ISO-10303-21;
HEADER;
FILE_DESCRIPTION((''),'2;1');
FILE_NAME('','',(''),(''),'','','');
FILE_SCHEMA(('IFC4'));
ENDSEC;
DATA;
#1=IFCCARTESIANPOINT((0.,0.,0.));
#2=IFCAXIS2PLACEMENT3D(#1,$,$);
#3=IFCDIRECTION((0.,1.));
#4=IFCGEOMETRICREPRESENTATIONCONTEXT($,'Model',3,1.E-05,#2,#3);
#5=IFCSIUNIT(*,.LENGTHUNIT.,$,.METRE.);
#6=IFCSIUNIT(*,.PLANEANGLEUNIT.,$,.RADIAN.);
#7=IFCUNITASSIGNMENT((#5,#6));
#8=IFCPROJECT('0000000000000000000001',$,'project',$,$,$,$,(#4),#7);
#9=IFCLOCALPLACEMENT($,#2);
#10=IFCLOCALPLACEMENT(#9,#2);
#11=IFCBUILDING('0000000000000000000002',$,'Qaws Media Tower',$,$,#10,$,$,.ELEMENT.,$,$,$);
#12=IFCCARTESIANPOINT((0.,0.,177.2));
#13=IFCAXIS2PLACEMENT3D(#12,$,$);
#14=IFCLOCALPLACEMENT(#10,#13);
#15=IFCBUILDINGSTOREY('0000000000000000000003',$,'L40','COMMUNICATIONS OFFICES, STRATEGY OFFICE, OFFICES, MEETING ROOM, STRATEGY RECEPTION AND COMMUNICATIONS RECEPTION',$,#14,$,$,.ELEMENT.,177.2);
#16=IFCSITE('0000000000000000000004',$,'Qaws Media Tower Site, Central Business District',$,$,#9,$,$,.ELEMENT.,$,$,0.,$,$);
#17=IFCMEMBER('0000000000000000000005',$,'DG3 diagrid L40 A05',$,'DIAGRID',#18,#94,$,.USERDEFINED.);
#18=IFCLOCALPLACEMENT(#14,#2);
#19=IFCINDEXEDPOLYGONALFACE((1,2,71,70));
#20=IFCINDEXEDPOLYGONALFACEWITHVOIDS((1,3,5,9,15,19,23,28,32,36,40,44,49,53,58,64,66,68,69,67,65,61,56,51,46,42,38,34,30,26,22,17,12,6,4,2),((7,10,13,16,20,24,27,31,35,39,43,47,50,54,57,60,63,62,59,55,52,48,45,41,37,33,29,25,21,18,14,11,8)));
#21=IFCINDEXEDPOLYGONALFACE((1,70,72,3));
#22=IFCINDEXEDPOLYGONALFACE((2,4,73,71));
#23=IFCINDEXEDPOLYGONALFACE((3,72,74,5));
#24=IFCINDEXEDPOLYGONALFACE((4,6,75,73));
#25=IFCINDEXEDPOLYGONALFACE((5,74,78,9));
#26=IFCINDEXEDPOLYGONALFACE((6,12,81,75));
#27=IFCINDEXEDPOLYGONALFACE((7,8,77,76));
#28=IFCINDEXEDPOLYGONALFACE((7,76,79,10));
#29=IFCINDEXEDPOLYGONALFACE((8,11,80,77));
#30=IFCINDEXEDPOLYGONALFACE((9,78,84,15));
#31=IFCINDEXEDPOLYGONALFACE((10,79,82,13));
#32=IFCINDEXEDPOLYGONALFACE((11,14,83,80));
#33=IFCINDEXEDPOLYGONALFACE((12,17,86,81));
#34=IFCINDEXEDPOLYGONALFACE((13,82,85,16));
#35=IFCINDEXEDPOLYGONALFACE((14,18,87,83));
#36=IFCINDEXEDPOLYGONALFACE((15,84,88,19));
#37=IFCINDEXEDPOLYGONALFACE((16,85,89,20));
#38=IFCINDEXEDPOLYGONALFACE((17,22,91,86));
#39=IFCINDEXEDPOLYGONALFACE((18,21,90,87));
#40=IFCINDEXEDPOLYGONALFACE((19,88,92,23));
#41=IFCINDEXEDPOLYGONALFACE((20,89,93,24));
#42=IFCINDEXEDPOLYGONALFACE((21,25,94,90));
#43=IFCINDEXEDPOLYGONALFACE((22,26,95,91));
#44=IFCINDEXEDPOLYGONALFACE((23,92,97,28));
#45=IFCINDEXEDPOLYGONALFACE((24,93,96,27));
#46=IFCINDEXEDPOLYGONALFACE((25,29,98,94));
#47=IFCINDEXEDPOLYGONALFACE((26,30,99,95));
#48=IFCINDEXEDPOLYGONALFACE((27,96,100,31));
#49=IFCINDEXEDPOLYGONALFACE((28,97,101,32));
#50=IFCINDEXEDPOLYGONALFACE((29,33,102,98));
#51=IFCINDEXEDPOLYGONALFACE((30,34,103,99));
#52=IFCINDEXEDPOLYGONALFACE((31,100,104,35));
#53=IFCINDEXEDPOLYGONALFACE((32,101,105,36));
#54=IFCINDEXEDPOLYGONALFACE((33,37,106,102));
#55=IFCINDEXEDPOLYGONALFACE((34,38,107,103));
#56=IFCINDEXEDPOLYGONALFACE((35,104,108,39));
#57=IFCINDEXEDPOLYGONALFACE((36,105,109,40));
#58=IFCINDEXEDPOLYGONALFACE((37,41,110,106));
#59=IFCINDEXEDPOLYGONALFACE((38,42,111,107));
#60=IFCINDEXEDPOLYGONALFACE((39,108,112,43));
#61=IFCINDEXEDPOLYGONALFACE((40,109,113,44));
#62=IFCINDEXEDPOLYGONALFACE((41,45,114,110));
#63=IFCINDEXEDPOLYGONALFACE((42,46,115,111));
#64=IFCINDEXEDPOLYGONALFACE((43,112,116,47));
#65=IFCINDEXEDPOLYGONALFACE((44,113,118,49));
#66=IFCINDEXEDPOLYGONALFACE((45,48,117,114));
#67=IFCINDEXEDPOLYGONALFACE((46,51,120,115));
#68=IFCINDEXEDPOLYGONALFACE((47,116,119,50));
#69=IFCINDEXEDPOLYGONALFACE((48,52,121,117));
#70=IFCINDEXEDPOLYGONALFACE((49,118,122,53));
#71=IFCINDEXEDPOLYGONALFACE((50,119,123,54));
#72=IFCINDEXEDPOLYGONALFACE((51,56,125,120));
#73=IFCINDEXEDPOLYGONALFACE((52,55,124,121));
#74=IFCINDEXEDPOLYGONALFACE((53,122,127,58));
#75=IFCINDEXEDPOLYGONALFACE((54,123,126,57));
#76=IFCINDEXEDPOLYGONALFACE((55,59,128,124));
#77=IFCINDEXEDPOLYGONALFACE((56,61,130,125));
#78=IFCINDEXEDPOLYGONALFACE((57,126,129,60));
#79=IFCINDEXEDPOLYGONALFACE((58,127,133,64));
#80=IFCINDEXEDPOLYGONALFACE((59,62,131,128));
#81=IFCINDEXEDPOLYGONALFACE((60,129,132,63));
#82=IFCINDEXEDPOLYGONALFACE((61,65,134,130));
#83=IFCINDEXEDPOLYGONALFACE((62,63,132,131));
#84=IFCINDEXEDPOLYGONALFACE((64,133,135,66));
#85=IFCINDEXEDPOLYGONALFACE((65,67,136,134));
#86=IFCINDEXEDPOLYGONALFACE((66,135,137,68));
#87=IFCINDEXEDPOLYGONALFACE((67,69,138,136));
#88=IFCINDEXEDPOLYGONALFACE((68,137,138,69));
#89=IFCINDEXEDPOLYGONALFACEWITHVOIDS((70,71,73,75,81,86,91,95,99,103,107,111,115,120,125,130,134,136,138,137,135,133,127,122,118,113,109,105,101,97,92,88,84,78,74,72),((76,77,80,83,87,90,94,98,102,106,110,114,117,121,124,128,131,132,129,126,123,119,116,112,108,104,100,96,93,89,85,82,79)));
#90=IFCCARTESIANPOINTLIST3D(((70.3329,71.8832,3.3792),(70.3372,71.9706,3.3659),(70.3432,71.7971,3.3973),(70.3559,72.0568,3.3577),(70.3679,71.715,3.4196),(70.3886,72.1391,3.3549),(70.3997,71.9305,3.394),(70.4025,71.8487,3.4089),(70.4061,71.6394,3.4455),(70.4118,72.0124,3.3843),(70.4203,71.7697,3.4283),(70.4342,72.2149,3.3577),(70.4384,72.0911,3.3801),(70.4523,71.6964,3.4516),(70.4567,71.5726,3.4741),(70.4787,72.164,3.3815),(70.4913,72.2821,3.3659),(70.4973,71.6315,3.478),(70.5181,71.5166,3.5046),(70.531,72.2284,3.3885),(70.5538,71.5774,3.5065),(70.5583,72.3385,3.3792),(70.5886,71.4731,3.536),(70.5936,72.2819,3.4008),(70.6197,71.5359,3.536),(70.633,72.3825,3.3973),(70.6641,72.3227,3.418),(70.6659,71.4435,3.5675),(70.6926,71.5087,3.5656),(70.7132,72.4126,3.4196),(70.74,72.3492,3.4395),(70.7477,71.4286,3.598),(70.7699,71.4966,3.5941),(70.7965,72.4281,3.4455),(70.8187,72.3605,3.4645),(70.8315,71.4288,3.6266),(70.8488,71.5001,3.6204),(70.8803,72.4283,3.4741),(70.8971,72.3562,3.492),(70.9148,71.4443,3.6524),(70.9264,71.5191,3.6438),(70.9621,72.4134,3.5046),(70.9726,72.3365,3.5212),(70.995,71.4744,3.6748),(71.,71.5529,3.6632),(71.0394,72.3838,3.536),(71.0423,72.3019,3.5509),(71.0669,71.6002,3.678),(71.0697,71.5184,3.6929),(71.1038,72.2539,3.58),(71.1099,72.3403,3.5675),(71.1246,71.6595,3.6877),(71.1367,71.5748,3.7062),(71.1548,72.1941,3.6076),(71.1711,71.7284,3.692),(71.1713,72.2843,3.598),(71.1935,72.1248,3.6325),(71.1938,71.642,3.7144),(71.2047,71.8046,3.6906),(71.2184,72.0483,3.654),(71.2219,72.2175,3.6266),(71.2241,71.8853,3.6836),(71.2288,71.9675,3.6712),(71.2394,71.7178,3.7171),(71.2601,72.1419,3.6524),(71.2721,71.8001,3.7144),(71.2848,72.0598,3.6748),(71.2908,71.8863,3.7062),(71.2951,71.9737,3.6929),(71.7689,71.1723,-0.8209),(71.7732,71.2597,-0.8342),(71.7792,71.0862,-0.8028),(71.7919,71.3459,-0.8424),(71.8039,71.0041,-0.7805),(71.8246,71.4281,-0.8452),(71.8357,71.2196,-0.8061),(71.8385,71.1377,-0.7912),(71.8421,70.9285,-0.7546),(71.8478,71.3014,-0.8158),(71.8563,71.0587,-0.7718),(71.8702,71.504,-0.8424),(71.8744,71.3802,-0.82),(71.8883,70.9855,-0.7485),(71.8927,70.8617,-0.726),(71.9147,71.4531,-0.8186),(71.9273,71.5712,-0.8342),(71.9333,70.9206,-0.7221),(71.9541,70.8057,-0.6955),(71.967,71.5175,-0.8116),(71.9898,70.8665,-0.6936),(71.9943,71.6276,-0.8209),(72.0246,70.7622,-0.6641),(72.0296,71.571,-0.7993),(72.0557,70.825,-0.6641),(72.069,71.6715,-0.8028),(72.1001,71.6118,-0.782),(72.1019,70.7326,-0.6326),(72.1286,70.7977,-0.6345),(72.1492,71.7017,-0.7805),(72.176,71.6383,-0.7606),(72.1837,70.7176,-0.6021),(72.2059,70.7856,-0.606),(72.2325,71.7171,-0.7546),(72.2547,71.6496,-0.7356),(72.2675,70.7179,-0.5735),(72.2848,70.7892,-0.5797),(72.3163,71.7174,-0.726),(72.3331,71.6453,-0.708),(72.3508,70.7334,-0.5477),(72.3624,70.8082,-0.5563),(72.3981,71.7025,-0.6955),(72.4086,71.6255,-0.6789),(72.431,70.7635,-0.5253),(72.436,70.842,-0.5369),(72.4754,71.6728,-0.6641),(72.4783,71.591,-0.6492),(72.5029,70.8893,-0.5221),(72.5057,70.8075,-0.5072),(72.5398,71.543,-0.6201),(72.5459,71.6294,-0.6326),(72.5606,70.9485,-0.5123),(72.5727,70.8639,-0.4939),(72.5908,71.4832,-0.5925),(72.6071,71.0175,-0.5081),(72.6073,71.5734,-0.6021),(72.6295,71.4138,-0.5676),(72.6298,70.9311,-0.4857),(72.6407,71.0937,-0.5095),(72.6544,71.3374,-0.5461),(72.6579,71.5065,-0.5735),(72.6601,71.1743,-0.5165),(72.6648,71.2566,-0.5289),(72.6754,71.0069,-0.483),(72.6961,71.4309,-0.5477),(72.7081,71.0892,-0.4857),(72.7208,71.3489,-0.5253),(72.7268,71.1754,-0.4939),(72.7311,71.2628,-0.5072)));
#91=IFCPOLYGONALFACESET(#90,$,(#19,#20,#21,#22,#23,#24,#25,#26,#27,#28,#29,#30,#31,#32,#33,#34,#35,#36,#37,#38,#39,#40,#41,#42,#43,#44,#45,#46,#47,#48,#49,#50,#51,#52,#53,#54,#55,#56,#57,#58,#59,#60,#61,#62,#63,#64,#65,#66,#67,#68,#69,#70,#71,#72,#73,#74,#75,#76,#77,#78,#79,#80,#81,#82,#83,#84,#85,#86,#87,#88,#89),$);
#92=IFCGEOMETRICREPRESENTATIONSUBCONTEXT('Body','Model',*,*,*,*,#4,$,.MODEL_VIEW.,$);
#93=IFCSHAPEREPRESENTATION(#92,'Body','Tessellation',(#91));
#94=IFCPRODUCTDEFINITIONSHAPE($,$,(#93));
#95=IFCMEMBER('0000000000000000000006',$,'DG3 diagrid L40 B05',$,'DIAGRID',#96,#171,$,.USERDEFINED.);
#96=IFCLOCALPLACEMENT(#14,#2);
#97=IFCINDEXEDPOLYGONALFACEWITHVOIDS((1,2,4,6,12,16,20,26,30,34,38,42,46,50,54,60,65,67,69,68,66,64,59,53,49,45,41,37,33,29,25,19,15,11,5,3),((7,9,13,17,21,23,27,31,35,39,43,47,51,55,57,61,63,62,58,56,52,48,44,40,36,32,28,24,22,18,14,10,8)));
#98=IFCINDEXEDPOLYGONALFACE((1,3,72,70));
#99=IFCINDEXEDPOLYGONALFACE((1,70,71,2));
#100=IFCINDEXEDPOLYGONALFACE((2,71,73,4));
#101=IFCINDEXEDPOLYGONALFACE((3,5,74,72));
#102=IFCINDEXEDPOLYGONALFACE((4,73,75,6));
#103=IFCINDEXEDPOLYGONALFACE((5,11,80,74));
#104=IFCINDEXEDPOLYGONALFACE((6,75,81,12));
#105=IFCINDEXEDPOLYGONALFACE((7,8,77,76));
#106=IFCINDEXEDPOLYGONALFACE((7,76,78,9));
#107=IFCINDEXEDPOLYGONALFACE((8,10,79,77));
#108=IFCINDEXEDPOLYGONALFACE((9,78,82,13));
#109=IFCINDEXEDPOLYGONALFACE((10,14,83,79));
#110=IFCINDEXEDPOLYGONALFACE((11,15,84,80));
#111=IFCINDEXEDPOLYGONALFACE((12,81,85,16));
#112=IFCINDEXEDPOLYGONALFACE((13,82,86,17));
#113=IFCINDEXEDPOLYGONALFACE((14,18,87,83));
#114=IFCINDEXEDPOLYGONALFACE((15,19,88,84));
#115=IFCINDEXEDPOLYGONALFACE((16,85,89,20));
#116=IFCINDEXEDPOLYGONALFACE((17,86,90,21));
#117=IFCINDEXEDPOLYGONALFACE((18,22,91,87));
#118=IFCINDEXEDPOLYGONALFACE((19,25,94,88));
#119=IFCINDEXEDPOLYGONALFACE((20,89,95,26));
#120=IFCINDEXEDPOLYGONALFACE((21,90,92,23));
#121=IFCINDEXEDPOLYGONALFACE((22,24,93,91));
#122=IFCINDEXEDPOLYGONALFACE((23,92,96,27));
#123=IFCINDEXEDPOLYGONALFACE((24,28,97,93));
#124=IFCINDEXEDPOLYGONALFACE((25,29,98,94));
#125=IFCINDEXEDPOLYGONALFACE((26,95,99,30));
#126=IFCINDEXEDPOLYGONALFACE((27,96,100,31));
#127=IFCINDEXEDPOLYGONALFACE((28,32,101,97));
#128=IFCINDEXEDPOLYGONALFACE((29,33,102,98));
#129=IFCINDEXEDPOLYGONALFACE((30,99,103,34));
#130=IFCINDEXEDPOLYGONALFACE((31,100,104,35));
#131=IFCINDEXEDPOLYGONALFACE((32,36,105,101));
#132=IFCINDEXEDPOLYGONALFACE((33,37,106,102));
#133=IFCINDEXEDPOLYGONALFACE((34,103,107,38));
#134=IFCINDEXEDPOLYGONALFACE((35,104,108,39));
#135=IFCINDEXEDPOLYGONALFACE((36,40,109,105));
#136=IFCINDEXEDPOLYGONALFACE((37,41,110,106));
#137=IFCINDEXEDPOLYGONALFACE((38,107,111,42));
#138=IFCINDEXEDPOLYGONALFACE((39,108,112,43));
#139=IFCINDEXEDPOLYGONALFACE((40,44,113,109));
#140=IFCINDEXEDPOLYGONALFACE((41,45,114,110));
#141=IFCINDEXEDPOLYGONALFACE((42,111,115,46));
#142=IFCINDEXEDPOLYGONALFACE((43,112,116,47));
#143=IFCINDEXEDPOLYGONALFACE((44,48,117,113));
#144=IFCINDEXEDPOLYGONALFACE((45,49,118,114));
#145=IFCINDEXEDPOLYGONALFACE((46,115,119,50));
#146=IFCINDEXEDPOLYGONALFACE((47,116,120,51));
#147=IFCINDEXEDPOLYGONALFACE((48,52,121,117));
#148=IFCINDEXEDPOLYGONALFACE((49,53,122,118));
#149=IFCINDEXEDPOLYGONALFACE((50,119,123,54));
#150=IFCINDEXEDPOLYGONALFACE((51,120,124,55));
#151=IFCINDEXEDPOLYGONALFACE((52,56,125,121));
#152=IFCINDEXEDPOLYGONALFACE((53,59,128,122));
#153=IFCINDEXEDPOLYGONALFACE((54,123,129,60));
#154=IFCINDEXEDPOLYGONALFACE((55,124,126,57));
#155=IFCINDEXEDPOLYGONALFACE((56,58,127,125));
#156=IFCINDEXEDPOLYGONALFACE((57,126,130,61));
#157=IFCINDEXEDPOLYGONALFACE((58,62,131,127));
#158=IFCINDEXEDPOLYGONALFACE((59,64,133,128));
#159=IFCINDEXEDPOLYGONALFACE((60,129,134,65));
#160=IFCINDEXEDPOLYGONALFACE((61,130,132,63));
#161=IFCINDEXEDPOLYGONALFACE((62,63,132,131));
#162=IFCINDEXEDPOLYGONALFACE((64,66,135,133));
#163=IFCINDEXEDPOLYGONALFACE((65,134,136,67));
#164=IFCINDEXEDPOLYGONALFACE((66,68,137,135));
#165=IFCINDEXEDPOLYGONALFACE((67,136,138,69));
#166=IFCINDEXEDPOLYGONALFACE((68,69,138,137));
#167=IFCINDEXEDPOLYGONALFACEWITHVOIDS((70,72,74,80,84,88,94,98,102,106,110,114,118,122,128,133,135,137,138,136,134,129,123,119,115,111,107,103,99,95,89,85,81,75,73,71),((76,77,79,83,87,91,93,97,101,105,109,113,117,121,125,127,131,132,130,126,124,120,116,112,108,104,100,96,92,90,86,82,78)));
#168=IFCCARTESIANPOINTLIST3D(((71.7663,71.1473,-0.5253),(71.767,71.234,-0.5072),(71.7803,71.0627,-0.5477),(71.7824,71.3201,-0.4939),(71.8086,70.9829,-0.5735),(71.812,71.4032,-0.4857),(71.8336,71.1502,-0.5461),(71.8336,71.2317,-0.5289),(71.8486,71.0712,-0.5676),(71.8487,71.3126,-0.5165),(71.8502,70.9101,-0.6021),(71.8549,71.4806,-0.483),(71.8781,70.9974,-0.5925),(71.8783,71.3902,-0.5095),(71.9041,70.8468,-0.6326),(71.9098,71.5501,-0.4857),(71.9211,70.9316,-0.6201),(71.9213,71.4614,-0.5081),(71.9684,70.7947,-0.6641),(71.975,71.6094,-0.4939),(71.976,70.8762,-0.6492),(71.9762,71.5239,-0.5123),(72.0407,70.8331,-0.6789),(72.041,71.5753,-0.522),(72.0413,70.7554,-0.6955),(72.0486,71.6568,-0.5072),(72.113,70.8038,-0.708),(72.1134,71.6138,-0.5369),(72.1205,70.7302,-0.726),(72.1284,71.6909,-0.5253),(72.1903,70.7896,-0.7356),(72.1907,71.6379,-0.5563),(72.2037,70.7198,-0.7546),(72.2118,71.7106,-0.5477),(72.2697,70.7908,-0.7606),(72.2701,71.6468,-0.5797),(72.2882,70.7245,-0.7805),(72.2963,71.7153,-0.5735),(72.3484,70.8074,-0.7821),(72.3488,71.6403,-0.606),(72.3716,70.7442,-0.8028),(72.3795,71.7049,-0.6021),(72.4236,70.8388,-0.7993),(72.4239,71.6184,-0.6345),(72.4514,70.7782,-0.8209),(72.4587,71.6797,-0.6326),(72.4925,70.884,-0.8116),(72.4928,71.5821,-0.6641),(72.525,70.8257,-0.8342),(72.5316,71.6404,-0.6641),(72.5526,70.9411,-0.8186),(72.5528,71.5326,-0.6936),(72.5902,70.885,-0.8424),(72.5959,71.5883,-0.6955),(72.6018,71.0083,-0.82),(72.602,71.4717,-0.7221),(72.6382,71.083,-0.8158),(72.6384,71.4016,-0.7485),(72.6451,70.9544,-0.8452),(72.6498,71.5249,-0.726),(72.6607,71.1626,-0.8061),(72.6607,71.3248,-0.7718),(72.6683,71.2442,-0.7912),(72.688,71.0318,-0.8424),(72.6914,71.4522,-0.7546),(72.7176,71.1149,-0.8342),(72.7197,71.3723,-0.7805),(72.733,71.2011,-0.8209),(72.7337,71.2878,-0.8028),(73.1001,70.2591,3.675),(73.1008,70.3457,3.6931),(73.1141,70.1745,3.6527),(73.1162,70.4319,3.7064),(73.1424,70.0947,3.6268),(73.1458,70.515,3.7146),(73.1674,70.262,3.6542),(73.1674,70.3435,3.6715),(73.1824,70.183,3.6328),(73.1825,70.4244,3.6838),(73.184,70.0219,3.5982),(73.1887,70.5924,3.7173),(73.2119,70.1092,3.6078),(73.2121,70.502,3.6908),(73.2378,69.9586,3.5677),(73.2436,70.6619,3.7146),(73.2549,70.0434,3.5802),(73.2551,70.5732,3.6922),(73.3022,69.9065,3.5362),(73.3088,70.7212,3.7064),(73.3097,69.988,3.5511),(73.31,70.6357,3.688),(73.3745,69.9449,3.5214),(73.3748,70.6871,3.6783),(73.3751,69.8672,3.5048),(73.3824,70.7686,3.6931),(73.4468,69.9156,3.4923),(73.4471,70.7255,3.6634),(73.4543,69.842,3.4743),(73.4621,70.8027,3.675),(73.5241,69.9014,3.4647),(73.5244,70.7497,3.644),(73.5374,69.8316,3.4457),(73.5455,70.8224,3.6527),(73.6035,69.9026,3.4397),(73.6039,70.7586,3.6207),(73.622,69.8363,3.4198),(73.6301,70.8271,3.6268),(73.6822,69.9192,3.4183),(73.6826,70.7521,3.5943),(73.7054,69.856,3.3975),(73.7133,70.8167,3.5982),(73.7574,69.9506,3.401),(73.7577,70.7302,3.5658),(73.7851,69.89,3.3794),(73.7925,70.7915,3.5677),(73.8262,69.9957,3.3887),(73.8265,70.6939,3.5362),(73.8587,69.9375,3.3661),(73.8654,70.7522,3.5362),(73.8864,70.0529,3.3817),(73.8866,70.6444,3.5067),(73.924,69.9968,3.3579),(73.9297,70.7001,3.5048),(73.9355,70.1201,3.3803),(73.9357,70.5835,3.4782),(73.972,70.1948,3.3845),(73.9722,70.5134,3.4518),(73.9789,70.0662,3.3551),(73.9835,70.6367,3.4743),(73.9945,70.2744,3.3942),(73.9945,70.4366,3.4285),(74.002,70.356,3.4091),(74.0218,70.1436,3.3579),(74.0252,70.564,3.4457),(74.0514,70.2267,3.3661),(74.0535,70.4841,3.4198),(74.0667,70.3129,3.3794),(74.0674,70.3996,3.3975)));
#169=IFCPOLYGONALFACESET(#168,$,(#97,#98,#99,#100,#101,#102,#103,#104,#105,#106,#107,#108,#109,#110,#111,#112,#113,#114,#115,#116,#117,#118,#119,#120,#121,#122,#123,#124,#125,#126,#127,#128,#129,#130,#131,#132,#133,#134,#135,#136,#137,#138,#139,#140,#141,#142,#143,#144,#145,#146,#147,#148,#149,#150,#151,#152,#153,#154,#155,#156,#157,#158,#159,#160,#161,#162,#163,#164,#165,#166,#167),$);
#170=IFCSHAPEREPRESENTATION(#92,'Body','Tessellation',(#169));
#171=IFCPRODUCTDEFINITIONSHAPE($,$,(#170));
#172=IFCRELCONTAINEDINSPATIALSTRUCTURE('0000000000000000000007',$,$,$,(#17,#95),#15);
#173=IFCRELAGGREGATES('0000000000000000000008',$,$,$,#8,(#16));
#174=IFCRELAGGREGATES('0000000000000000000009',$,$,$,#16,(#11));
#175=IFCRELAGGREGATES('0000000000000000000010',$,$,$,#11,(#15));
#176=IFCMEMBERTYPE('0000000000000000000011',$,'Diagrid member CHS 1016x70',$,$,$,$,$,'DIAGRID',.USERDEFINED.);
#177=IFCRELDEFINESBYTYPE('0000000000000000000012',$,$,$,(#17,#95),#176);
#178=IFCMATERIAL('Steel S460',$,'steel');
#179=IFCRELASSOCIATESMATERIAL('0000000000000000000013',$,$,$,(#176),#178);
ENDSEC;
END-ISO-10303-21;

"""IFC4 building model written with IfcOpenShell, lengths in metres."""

from ifc_helpers import new_model, si_unit, direction, frame, origin, origin_2d, place, context, subcontext, project, spatial, hollow_circle, extrude, material, material_profile, profile_set, type_object, element, save


model = new_model("IFC4")

# Units and contexts
model_context = context("Model", 3, precision=1e-05, world=origin(), true_north=direction((0.0, 1.0)))
body_context = subcontext(model_context, "Body", "Model", "MODEL_VIEW")
ifc_project = project(units=[si_unit("LENGTHUNIT", "METRE"), si_unit("PLANEANGLEUNIT", "RADIAN")], contexts=[model_context])

# Site, building, storey
site_placement = place(None, origin())
site = spatial("IfcSite", under=ifc_project, at=site_placement, Name="Qaws Media Tower Site, Central Business District", CompositionType="ELEMENT", RefElevation=0.0)
building_placement = place(site_placement, origin())
building = spatial("IfcBuilding", under=site, at=building_placement, Name="Qaws Media Tower", CompositionType="ELEMENT")
storey_placement = place(building_placement, frame((0.0, 0.0, 177.2)))
storey = spatial("IfcBuildingStorey", under=building, at=storey_placement, Name="L40", Description="COMMUNICATIONS OFFICES, STRATEGY OFFICE, OFFICES, MEETING ROOM, STRATEGY RECEPTION AND COMMUNICATIONS RECEPTION", CompositionType="ELEMENT", Elevation=177.2)

# Members
ifc_material_1 = material(Name="Steel S460", Category="steel")
ifc_material_profile_1 = material_profile(ifc_material_1, hollow_circle(Radius=0.5081, WallThickness=0.0701, at=origin_2d()), Name="CHS 1016x70")
ifc_profile_set_1 = profile_set([ifc_material_profile_1], Name="Steel S460")
member_type_1 = type_object("IfcMemberType", Name="Diagrid member CHS 1016x70", ElementType="DIAGRID", PredefinedType="USERDEFINED", material=ifc_profile_set_1)
for number, where, z_axis, x_axis, name in (
    (1, (72.25, 71.2175, -0.6641), (-0.31944, 0.158145, 0.934317), (-0.443675, -0.896188, 0.0), "DG3 diagrid L40 A05"),
):
    element("IfcMember", number, at=place(storey_placement, frame(where, z_axis=z_axis, x_axis=x_axis)), inside=storey, type_object=member_type_1, Name=name, ObjectType="DIAGRID", PredefinedType="USERDEFINED", context=body_context, shape_type="SweptSolid", body=[
        extrude(hollow_circle(Radius=0.5081, WallThickness=0.0701, at=origin_2d()), origin(), (0.0, 0.0, 1.0), 4.4954),
    ])
member_1_placement = place(storey_placement, frame((72.25, 71.2175, -0.6641), z_axis=(0.296684, -0.197572, 0.934314), x_axis=(0.554278, 0.832331, 0.0)))
element("IfcMember", 2, at=member_1_placement, inside=storey, type_object=member_type_1, Name="DG3 diagrid L40 B05", ObjectType="DIAGRID", PredefinedType="USERDEFINED", context=body_context, shape_type="SweptSolid", body=[
    extrude(hollow_circle(Radius=0.5081, WallThickness=0.0701, at=origin_2d()), origin(), (0.0, 0.0, 1.0), 4.4956),
])

save(model, "model.ifc")
